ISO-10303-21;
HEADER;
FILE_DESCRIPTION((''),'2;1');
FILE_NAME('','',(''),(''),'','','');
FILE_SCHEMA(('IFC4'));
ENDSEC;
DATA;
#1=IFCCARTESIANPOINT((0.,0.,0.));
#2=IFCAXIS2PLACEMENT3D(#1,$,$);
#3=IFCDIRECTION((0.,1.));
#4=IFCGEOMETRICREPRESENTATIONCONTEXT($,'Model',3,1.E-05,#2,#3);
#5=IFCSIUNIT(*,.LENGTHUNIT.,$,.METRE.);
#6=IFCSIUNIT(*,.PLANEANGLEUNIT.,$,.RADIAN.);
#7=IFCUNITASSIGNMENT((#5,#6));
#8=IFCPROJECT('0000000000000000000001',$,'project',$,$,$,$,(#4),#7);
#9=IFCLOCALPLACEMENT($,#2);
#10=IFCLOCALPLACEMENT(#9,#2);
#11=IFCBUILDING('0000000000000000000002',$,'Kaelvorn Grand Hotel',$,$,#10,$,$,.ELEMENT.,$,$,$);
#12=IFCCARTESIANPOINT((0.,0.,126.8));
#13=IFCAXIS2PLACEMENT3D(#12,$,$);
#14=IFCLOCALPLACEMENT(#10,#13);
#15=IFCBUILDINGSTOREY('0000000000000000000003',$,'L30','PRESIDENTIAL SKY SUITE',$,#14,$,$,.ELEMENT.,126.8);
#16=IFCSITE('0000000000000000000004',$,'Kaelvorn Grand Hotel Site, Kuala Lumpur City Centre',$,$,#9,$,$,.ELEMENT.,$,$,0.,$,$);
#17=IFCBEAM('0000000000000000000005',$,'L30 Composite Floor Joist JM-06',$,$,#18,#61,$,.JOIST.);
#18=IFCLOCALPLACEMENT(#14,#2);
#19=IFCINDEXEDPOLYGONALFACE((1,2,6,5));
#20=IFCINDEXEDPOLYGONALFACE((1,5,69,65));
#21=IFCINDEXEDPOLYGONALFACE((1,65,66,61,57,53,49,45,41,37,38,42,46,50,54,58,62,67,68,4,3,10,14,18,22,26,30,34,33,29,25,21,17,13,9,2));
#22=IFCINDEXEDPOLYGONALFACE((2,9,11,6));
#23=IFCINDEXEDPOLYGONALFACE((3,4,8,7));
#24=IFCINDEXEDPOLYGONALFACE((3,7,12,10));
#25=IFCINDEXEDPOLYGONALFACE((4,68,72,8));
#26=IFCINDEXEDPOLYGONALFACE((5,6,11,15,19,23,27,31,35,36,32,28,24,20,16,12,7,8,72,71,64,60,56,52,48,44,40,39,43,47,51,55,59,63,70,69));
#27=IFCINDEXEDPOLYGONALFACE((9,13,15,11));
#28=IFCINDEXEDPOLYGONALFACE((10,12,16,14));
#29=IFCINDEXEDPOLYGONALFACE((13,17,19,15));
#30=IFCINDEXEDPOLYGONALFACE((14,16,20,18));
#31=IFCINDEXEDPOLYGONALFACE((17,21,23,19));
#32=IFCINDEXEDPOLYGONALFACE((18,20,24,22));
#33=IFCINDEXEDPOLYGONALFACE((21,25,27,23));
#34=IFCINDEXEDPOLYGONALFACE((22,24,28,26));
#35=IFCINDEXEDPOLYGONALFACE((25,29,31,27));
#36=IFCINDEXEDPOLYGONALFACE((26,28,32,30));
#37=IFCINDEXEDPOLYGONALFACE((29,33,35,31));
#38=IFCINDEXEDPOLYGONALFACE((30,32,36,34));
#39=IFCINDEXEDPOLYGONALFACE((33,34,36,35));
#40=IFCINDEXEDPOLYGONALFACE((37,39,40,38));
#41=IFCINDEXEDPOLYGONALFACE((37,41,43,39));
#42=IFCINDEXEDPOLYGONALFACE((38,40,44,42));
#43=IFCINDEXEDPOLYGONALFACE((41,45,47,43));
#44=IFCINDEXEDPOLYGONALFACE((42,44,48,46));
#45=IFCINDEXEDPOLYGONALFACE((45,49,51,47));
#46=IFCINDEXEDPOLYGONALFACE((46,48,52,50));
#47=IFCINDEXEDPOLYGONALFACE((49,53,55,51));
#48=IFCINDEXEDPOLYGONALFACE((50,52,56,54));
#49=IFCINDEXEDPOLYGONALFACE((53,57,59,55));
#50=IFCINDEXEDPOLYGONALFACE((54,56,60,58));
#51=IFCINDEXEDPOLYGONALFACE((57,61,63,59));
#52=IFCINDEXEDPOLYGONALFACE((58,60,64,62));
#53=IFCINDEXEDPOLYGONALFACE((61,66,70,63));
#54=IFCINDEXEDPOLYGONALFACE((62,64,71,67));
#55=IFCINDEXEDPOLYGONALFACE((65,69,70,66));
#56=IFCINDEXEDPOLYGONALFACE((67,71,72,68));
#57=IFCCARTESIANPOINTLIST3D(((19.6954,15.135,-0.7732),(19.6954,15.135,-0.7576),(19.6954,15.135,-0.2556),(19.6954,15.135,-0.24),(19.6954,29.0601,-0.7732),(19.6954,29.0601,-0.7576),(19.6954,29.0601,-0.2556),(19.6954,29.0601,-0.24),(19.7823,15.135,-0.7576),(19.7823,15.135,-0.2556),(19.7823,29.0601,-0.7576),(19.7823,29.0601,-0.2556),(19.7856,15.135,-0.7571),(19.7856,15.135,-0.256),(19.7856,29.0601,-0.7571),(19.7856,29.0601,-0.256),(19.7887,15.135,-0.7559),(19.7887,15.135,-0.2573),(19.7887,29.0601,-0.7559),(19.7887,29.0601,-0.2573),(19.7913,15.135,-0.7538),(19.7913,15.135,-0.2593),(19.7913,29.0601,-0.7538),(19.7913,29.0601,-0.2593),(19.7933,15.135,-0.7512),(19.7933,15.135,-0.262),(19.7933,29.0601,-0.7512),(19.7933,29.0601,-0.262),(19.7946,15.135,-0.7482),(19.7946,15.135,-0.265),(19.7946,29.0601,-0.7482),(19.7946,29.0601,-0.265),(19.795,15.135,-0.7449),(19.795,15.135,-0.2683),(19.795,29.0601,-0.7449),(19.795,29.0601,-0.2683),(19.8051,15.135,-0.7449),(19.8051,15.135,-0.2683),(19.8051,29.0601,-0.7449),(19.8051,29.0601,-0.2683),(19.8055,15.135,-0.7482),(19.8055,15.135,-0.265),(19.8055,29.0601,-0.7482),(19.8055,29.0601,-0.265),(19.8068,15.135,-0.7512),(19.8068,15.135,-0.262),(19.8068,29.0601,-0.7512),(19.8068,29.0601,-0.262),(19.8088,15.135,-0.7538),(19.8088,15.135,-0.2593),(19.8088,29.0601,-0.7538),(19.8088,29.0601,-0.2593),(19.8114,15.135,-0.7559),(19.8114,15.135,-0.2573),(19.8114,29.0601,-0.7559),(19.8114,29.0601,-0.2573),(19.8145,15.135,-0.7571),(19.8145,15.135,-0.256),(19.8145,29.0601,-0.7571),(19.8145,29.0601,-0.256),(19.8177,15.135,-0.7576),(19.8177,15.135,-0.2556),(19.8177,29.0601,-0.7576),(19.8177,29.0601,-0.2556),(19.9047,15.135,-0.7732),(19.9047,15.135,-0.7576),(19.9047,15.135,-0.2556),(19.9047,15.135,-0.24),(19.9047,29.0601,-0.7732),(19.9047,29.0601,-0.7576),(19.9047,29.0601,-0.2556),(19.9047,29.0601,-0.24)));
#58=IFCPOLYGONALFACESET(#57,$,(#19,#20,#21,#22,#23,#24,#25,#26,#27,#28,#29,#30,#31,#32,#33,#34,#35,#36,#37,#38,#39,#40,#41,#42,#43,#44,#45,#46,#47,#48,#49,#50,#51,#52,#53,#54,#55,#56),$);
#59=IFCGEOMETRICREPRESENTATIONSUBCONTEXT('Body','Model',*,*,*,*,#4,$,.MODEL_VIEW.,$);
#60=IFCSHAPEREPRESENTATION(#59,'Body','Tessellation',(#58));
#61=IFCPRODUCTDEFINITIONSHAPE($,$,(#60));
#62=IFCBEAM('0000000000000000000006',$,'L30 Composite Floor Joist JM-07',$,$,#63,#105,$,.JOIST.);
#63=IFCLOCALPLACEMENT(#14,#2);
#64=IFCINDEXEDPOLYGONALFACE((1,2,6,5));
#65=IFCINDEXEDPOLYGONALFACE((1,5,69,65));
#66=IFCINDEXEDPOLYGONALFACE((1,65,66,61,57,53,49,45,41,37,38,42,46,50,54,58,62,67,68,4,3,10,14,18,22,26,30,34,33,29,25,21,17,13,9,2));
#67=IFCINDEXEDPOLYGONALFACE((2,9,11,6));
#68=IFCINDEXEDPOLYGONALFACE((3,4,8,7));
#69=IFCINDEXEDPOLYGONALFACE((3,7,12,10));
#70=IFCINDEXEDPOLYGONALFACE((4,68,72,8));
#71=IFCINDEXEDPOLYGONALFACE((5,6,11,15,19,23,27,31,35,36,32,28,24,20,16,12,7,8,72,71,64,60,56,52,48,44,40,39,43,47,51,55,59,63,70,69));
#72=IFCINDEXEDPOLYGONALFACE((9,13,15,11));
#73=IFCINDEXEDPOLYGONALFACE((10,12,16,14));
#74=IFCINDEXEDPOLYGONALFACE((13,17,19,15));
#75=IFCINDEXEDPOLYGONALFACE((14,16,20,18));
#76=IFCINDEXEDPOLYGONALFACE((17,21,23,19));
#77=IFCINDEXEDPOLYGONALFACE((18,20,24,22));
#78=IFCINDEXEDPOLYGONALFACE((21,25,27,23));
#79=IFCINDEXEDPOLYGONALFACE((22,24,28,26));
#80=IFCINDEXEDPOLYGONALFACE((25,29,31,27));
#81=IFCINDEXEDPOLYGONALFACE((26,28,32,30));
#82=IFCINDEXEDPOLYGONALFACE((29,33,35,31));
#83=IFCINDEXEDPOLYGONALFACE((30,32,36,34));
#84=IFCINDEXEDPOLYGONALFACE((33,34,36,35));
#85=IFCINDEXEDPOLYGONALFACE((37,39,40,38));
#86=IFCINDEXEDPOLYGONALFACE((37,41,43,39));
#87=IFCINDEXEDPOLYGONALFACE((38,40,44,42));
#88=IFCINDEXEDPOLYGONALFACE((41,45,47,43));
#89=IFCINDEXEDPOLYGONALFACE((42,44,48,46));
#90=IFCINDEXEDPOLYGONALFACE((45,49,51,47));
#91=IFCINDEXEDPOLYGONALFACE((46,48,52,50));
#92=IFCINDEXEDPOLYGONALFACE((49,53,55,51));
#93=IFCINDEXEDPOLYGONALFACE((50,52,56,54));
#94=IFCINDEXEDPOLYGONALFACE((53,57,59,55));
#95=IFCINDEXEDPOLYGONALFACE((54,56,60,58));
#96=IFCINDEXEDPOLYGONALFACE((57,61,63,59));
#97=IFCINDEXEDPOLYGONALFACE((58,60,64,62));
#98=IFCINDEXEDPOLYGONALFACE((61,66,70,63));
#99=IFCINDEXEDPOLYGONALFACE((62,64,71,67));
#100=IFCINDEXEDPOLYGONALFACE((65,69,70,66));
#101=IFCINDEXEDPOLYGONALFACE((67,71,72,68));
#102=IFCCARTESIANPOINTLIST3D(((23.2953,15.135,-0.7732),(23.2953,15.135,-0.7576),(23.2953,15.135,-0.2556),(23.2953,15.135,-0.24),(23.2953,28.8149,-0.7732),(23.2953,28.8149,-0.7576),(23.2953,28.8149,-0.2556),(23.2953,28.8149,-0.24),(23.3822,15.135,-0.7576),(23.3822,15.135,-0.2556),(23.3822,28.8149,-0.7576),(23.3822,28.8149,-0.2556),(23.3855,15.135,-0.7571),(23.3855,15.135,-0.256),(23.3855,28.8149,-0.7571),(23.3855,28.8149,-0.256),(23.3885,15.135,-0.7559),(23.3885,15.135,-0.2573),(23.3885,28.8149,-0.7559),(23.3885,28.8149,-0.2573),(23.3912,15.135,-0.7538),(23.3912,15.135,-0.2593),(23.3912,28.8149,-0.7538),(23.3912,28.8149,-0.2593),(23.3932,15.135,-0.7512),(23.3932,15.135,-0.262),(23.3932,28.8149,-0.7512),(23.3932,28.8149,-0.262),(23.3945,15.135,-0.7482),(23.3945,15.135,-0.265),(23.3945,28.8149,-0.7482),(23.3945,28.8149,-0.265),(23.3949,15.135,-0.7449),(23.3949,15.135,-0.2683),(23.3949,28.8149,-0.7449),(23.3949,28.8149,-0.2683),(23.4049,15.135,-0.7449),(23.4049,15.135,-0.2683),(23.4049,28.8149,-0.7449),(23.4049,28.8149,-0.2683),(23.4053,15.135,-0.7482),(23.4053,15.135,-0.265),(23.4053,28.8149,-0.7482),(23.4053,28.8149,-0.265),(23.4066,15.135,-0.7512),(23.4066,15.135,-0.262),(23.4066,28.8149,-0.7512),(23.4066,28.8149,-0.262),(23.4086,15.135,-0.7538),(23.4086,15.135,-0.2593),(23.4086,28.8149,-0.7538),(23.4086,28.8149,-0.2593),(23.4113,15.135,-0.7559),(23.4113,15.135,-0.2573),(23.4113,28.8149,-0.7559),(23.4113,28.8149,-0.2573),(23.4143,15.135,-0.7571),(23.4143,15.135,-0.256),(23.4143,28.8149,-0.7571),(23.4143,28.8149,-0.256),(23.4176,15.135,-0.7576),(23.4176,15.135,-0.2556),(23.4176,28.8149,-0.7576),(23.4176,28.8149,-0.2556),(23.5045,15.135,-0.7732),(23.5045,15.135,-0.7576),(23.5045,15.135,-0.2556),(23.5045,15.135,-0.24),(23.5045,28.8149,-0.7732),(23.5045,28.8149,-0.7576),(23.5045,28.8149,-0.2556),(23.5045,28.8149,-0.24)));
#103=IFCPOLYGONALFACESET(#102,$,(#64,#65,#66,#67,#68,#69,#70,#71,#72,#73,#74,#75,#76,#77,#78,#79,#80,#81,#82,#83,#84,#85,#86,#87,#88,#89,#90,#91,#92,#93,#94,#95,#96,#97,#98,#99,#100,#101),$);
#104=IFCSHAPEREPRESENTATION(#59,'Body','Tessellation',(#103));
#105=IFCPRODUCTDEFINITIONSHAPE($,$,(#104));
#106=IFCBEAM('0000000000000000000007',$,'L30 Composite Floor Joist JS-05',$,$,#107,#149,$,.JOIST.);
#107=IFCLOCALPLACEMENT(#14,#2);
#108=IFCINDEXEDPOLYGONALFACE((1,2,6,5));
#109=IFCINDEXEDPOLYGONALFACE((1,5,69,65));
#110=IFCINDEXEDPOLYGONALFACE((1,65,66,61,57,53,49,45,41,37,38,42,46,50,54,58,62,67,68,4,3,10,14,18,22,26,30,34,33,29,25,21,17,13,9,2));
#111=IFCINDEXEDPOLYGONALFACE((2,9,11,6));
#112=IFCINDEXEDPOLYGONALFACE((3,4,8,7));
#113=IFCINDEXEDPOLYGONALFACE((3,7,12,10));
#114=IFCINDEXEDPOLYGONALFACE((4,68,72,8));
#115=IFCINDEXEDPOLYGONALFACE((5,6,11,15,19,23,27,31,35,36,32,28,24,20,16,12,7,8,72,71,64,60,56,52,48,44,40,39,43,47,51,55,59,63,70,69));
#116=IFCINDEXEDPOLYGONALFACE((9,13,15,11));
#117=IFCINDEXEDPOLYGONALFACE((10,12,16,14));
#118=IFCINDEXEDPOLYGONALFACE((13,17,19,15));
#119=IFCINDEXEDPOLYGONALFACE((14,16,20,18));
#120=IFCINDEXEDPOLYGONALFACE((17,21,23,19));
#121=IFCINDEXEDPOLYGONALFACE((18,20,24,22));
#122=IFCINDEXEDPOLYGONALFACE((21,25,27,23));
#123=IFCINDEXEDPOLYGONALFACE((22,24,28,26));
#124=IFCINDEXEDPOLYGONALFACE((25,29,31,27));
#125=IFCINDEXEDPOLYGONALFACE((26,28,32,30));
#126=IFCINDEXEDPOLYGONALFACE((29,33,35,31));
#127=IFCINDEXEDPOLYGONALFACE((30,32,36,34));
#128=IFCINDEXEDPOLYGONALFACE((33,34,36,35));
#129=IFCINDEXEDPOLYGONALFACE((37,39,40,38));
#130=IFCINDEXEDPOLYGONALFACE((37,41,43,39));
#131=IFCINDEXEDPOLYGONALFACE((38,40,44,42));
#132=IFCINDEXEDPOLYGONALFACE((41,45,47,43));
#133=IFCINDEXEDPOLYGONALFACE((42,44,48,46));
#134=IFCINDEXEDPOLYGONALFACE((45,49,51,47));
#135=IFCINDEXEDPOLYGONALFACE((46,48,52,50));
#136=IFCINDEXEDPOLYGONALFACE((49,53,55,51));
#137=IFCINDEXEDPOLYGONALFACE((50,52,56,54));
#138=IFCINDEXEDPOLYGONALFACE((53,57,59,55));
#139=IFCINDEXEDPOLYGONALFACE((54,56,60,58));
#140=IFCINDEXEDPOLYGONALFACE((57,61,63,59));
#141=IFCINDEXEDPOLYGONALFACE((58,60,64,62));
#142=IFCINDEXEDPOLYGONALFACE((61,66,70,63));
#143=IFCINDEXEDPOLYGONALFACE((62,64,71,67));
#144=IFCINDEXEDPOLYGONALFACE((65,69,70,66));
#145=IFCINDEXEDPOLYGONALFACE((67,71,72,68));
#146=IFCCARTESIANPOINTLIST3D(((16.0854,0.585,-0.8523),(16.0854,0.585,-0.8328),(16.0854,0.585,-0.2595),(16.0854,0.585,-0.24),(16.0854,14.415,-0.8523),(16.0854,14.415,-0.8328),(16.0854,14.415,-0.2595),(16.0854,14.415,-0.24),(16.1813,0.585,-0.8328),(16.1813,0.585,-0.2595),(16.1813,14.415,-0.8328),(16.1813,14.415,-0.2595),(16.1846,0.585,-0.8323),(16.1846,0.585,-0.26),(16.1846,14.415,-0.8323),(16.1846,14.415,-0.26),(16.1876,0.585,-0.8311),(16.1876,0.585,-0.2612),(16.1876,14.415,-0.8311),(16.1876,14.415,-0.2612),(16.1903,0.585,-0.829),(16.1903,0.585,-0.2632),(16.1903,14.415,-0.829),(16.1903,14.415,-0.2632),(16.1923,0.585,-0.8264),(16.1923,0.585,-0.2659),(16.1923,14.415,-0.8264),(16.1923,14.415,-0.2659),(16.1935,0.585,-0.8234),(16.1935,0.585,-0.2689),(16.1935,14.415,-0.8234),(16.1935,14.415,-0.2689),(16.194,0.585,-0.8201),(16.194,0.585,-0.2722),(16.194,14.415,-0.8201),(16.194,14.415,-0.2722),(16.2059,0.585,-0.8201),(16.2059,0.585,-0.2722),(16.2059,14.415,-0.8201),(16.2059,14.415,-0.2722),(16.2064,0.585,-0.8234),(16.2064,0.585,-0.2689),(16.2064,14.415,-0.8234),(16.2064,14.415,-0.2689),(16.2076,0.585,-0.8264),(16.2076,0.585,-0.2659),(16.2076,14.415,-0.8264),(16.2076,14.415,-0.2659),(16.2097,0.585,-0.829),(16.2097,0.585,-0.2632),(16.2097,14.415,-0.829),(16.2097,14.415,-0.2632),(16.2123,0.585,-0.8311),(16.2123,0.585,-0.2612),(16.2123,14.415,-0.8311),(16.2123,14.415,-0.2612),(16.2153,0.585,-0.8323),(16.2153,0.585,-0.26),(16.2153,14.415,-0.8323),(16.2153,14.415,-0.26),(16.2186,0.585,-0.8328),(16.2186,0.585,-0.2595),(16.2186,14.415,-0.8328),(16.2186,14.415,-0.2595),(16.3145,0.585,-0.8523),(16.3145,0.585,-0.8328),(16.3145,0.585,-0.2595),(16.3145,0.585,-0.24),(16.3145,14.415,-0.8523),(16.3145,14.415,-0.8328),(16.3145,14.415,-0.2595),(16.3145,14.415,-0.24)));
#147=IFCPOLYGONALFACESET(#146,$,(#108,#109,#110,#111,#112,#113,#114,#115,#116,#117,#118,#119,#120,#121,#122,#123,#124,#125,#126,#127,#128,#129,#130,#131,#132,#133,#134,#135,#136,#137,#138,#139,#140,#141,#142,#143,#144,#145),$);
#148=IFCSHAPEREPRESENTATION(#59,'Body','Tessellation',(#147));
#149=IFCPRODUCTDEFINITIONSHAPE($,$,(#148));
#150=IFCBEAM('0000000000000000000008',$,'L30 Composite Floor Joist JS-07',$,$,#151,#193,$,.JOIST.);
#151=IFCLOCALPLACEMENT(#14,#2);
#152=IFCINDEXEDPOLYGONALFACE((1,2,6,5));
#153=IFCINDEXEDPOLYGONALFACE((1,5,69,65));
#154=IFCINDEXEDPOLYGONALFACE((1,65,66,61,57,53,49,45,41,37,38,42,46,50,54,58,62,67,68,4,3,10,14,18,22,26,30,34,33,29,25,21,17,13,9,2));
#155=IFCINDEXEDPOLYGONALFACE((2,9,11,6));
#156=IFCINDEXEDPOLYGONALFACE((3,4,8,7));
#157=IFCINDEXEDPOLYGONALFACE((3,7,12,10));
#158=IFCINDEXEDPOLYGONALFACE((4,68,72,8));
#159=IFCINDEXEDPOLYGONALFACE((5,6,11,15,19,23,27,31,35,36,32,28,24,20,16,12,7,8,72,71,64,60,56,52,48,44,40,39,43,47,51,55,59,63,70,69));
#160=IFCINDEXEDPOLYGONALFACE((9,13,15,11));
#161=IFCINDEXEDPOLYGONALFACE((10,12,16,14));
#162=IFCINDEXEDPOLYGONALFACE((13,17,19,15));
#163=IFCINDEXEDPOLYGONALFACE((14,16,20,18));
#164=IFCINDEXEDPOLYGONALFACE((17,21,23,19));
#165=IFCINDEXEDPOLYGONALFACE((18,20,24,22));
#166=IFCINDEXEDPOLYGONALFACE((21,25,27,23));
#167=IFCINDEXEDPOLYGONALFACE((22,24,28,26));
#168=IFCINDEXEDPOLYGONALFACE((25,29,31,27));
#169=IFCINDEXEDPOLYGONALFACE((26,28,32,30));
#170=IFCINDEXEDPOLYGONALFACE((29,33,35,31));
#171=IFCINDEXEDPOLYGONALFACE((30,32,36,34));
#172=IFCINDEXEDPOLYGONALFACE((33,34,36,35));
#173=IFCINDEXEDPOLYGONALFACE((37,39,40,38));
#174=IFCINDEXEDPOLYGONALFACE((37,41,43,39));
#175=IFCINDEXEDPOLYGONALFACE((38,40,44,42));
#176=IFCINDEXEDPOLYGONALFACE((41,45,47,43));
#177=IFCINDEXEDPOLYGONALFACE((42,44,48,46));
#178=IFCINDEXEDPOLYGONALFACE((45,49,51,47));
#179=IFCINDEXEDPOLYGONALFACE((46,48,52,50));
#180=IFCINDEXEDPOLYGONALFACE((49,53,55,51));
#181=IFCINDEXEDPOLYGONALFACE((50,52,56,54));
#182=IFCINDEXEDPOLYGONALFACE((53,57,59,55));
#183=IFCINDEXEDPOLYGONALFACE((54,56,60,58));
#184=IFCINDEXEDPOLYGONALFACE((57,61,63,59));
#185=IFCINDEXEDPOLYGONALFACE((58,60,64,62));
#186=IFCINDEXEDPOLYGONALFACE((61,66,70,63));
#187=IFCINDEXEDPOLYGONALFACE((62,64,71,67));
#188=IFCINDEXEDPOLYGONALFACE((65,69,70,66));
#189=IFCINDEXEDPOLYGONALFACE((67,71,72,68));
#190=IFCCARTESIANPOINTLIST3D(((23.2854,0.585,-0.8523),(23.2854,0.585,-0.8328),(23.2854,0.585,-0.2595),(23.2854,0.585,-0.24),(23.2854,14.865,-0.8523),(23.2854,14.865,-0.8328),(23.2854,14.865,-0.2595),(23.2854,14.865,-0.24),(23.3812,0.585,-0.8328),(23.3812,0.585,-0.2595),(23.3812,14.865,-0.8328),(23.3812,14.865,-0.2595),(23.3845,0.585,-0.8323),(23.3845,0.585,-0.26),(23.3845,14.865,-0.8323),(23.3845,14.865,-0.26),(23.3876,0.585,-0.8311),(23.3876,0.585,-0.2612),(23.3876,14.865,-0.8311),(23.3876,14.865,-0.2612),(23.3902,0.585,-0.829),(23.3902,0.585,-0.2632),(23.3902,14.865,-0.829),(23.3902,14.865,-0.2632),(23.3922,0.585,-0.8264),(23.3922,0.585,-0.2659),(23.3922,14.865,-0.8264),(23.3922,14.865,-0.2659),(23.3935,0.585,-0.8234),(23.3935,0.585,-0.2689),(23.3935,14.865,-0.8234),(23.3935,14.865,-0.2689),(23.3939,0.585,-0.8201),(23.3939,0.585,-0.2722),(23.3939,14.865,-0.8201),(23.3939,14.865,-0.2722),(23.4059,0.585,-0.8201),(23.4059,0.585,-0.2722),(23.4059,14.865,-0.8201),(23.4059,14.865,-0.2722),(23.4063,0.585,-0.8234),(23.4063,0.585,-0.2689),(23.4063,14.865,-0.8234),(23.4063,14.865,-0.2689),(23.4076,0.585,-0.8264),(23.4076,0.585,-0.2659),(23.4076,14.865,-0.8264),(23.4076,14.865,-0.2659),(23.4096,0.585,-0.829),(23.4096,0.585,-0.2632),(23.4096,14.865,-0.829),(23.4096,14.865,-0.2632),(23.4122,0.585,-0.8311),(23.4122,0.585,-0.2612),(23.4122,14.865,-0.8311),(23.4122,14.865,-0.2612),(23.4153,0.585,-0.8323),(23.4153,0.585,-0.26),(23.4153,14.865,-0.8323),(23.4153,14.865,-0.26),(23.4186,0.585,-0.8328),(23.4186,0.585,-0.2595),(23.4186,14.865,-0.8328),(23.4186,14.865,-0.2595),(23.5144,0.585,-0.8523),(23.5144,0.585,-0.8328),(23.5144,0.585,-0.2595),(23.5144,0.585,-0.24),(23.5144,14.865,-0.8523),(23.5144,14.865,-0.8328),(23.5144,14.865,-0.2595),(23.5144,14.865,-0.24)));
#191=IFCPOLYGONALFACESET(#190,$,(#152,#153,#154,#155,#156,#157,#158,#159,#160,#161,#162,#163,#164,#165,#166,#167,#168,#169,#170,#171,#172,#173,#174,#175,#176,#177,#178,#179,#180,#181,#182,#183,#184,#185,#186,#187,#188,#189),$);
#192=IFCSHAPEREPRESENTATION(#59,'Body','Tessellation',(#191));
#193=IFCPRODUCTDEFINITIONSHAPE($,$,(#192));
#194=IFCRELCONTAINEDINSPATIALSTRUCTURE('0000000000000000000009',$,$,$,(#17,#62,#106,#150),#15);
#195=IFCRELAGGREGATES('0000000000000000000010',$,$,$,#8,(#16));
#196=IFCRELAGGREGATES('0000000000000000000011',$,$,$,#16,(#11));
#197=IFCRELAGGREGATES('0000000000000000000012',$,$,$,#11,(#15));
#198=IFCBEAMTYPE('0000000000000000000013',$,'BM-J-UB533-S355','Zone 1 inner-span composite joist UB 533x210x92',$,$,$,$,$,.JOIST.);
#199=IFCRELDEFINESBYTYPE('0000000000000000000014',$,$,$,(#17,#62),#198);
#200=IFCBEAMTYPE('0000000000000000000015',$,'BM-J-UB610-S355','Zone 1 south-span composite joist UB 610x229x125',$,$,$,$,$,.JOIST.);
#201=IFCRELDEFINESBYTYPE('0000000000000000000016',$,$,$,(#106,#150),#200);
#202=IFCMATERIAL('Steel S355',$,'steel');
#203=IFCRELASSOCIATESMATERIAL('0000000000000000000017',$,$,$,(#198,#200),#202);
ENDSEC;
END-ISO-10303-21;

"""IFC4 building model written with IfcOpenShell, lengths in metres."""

from ifc_helpers import new_model, si_unit, direction, frame, origin, origin_2d, place, context, subcontext, project, spatial, i_section, extrude, material, material_profile, profile_set, type_object, element, save


model = new_model("IFC4")

# Units and contexts
model_context = context("Model", 3, precision=1e-05, world=origin(), true_north=direction((0.0, 1.0)))
body_context = subcontext(model_context, "Body", "Model", "MODEL_VIEW")
ifc_project = project(units=[si_unit("LENGTHUNIT", "METRE"), si_unit("PLANEANGLEUNIT", "RADIAN")], contexts=[model_context])

# Site, building, storey
site_placement = place(None, origin())
site = spatial("IfcSite", under=ifc_project, at=site_placement, Name="Kaelvorn Grand Hotel Site, Kuala Lumpur City Centre", CompositionType="ELEMENT", RefElevation=0.0)
building_placement = place(site_placement, origin())
building = spatial("IfcBuilding", under=site, at=building_placement, Name="Kaelvorn Grand Hotel", CompositionType="ELEMENT")
storey_placement = place(building_placement, frame((0.0, 0.0, 126.8)))
storey = spatial("IfcBuildingStorey", under=building, at=storey_placement, Name="L30", Description="PRESIDENTIAL SKY SUITE", CompositionType="ELEMENT", Elevation=126.8)

# Beams
ifc_material_1 = material(Name="Steel S355", Category="steel")
ifc_material_profile_1 = material_profile(ifc_material_1, i_section(OverallWidth=0.2092, OverallDepth=0.5332, WebThickness=0.01, FlangeThickness=0.0156, FilletRadius=0.0127, at=origin_2d()), Name="UB 533x210x92")
ifc_profile_set_1 = profile_set([ifc_material_profile_1], Name="Steel S355")
beam_type_1 = type_object("IfcBeamType", Name="BM-J-UB533-S355", Description="Zone 1 inner-span composite joist UB 533x210x92", PredefinedType="JOIST", material=ifc_profile_set_1)
beam_1_placement = place(storey_placement, frame((19.8, 15.135, -0.5066), z_axis=(0.0, 1.0, 0.0), x_axis=(-1.0, 0.0, 0.0)))
element("IfcBeam", 1, at=beam_1_placement, inside=storey, type_object=beam_type_1, Name="L30 Composite Floor Joist JM-06", PredefinedType="JOIST", context=body_context, shape_type="SweptSolid", body=[
    extrude(i_section(OverallWidth=0.2092, OverallDepth=0.5332, WebThickness=0.01, FlangeThickness=0.0156, FilletRadius=0.0127, at=origin_2d()), origin(), (0.0, 0.0, 1.0), 13.925),
])
beam_2_placement = place(storey_placement, frame((23.3999, 15.135, -0.5066), z_axis=(0.0, 1.0, 0.0), x_axis=(-1.0, 0.0, 0.0)))
element("IfcBeam", 2, at=beam_2_placement, inside=storey, type_object=beam_type_1, Name="L30 Composite Floor Joist JM-07", PredefinedType="JOIST", context=body_context, shape_type="SweptSolid", body=[
    extrude(i_section(OverallWidth=0.2092, OverallDepth=0.5332, WebThickness=0.01, FlangeThickness=0.0156, FilletRadius=0.0127, at=origin_2d()), origin(), (0.0, 0.0, 1.0), 13.6799),
])
ifc_material_profile_2 = material_profile(ifc_material_1, i_section(OverallWidth=0.229, OverallDepth=0.6123, WebThickness=0.012, FlangeThickness=0.0195, FilletRadius=0.0127, at=origin_2d()), Name="UB 610x229x125")
ifc_profile_set_2 = profile_set([ifc_material_profile_2], Name="Steel S355")
beam_type_2 = type_object("IfcBeamType", Name="BM-J-UB610-S355", Description="Zone 1 south-span composite joist UB 610x229x125", PredefinedType="JOIST", material=ifc_profile_set_2)
beam_3_placement = place(storey_placement, frame((16.2, 0.585, -0.5461), z_axis=(0.0, 1.0, 0.0), x_axis=(-1.0, 0.0, 0.0)))
element("IfcBeam", 3, at=beam_3_placement, inside=storey, type_object=beam_type_2, Name="L30 Composite Floor Joist JS-05", PredefinedType="JOIST", context=body_context, shape_type="SweptSolid", body=[
    extrude(i_section(OverallWidth=0.229, OverallDepth=0.6123, WebThickness=0.012, FlangeThickness=0.0195, FilletRadius=0.0127, at=origin_2d()), origin(), (0.0, 0.0, 1.0), 13.8301),
])
beam_4_placement = place(storey_placement, frame((23.3999, 0.585, -0.5461), z_axis=(0.0, 1.0, 0.0), x_axis=(-1.0, 0.0, 0.0)))
element("IfcBeam", 4, at=beam_4_placement, inside=storey, type_object=beam_type_2, Name="L30 Composite Floor Joist JS-07", PredefinedType="JOIST", context=body_context, shape_type="SweptSolid", body=[
    extrude(i_section(OverallWidth=0.229, OverallDepth=0.6123, WebThickness=0.012, FlangeThickness=0.0195, FilletRadius=0.0127, at=origin_2d()), origin(), (0.0, 0.0, 1.0), 14.28),
])

save(model, "model.ifc")
